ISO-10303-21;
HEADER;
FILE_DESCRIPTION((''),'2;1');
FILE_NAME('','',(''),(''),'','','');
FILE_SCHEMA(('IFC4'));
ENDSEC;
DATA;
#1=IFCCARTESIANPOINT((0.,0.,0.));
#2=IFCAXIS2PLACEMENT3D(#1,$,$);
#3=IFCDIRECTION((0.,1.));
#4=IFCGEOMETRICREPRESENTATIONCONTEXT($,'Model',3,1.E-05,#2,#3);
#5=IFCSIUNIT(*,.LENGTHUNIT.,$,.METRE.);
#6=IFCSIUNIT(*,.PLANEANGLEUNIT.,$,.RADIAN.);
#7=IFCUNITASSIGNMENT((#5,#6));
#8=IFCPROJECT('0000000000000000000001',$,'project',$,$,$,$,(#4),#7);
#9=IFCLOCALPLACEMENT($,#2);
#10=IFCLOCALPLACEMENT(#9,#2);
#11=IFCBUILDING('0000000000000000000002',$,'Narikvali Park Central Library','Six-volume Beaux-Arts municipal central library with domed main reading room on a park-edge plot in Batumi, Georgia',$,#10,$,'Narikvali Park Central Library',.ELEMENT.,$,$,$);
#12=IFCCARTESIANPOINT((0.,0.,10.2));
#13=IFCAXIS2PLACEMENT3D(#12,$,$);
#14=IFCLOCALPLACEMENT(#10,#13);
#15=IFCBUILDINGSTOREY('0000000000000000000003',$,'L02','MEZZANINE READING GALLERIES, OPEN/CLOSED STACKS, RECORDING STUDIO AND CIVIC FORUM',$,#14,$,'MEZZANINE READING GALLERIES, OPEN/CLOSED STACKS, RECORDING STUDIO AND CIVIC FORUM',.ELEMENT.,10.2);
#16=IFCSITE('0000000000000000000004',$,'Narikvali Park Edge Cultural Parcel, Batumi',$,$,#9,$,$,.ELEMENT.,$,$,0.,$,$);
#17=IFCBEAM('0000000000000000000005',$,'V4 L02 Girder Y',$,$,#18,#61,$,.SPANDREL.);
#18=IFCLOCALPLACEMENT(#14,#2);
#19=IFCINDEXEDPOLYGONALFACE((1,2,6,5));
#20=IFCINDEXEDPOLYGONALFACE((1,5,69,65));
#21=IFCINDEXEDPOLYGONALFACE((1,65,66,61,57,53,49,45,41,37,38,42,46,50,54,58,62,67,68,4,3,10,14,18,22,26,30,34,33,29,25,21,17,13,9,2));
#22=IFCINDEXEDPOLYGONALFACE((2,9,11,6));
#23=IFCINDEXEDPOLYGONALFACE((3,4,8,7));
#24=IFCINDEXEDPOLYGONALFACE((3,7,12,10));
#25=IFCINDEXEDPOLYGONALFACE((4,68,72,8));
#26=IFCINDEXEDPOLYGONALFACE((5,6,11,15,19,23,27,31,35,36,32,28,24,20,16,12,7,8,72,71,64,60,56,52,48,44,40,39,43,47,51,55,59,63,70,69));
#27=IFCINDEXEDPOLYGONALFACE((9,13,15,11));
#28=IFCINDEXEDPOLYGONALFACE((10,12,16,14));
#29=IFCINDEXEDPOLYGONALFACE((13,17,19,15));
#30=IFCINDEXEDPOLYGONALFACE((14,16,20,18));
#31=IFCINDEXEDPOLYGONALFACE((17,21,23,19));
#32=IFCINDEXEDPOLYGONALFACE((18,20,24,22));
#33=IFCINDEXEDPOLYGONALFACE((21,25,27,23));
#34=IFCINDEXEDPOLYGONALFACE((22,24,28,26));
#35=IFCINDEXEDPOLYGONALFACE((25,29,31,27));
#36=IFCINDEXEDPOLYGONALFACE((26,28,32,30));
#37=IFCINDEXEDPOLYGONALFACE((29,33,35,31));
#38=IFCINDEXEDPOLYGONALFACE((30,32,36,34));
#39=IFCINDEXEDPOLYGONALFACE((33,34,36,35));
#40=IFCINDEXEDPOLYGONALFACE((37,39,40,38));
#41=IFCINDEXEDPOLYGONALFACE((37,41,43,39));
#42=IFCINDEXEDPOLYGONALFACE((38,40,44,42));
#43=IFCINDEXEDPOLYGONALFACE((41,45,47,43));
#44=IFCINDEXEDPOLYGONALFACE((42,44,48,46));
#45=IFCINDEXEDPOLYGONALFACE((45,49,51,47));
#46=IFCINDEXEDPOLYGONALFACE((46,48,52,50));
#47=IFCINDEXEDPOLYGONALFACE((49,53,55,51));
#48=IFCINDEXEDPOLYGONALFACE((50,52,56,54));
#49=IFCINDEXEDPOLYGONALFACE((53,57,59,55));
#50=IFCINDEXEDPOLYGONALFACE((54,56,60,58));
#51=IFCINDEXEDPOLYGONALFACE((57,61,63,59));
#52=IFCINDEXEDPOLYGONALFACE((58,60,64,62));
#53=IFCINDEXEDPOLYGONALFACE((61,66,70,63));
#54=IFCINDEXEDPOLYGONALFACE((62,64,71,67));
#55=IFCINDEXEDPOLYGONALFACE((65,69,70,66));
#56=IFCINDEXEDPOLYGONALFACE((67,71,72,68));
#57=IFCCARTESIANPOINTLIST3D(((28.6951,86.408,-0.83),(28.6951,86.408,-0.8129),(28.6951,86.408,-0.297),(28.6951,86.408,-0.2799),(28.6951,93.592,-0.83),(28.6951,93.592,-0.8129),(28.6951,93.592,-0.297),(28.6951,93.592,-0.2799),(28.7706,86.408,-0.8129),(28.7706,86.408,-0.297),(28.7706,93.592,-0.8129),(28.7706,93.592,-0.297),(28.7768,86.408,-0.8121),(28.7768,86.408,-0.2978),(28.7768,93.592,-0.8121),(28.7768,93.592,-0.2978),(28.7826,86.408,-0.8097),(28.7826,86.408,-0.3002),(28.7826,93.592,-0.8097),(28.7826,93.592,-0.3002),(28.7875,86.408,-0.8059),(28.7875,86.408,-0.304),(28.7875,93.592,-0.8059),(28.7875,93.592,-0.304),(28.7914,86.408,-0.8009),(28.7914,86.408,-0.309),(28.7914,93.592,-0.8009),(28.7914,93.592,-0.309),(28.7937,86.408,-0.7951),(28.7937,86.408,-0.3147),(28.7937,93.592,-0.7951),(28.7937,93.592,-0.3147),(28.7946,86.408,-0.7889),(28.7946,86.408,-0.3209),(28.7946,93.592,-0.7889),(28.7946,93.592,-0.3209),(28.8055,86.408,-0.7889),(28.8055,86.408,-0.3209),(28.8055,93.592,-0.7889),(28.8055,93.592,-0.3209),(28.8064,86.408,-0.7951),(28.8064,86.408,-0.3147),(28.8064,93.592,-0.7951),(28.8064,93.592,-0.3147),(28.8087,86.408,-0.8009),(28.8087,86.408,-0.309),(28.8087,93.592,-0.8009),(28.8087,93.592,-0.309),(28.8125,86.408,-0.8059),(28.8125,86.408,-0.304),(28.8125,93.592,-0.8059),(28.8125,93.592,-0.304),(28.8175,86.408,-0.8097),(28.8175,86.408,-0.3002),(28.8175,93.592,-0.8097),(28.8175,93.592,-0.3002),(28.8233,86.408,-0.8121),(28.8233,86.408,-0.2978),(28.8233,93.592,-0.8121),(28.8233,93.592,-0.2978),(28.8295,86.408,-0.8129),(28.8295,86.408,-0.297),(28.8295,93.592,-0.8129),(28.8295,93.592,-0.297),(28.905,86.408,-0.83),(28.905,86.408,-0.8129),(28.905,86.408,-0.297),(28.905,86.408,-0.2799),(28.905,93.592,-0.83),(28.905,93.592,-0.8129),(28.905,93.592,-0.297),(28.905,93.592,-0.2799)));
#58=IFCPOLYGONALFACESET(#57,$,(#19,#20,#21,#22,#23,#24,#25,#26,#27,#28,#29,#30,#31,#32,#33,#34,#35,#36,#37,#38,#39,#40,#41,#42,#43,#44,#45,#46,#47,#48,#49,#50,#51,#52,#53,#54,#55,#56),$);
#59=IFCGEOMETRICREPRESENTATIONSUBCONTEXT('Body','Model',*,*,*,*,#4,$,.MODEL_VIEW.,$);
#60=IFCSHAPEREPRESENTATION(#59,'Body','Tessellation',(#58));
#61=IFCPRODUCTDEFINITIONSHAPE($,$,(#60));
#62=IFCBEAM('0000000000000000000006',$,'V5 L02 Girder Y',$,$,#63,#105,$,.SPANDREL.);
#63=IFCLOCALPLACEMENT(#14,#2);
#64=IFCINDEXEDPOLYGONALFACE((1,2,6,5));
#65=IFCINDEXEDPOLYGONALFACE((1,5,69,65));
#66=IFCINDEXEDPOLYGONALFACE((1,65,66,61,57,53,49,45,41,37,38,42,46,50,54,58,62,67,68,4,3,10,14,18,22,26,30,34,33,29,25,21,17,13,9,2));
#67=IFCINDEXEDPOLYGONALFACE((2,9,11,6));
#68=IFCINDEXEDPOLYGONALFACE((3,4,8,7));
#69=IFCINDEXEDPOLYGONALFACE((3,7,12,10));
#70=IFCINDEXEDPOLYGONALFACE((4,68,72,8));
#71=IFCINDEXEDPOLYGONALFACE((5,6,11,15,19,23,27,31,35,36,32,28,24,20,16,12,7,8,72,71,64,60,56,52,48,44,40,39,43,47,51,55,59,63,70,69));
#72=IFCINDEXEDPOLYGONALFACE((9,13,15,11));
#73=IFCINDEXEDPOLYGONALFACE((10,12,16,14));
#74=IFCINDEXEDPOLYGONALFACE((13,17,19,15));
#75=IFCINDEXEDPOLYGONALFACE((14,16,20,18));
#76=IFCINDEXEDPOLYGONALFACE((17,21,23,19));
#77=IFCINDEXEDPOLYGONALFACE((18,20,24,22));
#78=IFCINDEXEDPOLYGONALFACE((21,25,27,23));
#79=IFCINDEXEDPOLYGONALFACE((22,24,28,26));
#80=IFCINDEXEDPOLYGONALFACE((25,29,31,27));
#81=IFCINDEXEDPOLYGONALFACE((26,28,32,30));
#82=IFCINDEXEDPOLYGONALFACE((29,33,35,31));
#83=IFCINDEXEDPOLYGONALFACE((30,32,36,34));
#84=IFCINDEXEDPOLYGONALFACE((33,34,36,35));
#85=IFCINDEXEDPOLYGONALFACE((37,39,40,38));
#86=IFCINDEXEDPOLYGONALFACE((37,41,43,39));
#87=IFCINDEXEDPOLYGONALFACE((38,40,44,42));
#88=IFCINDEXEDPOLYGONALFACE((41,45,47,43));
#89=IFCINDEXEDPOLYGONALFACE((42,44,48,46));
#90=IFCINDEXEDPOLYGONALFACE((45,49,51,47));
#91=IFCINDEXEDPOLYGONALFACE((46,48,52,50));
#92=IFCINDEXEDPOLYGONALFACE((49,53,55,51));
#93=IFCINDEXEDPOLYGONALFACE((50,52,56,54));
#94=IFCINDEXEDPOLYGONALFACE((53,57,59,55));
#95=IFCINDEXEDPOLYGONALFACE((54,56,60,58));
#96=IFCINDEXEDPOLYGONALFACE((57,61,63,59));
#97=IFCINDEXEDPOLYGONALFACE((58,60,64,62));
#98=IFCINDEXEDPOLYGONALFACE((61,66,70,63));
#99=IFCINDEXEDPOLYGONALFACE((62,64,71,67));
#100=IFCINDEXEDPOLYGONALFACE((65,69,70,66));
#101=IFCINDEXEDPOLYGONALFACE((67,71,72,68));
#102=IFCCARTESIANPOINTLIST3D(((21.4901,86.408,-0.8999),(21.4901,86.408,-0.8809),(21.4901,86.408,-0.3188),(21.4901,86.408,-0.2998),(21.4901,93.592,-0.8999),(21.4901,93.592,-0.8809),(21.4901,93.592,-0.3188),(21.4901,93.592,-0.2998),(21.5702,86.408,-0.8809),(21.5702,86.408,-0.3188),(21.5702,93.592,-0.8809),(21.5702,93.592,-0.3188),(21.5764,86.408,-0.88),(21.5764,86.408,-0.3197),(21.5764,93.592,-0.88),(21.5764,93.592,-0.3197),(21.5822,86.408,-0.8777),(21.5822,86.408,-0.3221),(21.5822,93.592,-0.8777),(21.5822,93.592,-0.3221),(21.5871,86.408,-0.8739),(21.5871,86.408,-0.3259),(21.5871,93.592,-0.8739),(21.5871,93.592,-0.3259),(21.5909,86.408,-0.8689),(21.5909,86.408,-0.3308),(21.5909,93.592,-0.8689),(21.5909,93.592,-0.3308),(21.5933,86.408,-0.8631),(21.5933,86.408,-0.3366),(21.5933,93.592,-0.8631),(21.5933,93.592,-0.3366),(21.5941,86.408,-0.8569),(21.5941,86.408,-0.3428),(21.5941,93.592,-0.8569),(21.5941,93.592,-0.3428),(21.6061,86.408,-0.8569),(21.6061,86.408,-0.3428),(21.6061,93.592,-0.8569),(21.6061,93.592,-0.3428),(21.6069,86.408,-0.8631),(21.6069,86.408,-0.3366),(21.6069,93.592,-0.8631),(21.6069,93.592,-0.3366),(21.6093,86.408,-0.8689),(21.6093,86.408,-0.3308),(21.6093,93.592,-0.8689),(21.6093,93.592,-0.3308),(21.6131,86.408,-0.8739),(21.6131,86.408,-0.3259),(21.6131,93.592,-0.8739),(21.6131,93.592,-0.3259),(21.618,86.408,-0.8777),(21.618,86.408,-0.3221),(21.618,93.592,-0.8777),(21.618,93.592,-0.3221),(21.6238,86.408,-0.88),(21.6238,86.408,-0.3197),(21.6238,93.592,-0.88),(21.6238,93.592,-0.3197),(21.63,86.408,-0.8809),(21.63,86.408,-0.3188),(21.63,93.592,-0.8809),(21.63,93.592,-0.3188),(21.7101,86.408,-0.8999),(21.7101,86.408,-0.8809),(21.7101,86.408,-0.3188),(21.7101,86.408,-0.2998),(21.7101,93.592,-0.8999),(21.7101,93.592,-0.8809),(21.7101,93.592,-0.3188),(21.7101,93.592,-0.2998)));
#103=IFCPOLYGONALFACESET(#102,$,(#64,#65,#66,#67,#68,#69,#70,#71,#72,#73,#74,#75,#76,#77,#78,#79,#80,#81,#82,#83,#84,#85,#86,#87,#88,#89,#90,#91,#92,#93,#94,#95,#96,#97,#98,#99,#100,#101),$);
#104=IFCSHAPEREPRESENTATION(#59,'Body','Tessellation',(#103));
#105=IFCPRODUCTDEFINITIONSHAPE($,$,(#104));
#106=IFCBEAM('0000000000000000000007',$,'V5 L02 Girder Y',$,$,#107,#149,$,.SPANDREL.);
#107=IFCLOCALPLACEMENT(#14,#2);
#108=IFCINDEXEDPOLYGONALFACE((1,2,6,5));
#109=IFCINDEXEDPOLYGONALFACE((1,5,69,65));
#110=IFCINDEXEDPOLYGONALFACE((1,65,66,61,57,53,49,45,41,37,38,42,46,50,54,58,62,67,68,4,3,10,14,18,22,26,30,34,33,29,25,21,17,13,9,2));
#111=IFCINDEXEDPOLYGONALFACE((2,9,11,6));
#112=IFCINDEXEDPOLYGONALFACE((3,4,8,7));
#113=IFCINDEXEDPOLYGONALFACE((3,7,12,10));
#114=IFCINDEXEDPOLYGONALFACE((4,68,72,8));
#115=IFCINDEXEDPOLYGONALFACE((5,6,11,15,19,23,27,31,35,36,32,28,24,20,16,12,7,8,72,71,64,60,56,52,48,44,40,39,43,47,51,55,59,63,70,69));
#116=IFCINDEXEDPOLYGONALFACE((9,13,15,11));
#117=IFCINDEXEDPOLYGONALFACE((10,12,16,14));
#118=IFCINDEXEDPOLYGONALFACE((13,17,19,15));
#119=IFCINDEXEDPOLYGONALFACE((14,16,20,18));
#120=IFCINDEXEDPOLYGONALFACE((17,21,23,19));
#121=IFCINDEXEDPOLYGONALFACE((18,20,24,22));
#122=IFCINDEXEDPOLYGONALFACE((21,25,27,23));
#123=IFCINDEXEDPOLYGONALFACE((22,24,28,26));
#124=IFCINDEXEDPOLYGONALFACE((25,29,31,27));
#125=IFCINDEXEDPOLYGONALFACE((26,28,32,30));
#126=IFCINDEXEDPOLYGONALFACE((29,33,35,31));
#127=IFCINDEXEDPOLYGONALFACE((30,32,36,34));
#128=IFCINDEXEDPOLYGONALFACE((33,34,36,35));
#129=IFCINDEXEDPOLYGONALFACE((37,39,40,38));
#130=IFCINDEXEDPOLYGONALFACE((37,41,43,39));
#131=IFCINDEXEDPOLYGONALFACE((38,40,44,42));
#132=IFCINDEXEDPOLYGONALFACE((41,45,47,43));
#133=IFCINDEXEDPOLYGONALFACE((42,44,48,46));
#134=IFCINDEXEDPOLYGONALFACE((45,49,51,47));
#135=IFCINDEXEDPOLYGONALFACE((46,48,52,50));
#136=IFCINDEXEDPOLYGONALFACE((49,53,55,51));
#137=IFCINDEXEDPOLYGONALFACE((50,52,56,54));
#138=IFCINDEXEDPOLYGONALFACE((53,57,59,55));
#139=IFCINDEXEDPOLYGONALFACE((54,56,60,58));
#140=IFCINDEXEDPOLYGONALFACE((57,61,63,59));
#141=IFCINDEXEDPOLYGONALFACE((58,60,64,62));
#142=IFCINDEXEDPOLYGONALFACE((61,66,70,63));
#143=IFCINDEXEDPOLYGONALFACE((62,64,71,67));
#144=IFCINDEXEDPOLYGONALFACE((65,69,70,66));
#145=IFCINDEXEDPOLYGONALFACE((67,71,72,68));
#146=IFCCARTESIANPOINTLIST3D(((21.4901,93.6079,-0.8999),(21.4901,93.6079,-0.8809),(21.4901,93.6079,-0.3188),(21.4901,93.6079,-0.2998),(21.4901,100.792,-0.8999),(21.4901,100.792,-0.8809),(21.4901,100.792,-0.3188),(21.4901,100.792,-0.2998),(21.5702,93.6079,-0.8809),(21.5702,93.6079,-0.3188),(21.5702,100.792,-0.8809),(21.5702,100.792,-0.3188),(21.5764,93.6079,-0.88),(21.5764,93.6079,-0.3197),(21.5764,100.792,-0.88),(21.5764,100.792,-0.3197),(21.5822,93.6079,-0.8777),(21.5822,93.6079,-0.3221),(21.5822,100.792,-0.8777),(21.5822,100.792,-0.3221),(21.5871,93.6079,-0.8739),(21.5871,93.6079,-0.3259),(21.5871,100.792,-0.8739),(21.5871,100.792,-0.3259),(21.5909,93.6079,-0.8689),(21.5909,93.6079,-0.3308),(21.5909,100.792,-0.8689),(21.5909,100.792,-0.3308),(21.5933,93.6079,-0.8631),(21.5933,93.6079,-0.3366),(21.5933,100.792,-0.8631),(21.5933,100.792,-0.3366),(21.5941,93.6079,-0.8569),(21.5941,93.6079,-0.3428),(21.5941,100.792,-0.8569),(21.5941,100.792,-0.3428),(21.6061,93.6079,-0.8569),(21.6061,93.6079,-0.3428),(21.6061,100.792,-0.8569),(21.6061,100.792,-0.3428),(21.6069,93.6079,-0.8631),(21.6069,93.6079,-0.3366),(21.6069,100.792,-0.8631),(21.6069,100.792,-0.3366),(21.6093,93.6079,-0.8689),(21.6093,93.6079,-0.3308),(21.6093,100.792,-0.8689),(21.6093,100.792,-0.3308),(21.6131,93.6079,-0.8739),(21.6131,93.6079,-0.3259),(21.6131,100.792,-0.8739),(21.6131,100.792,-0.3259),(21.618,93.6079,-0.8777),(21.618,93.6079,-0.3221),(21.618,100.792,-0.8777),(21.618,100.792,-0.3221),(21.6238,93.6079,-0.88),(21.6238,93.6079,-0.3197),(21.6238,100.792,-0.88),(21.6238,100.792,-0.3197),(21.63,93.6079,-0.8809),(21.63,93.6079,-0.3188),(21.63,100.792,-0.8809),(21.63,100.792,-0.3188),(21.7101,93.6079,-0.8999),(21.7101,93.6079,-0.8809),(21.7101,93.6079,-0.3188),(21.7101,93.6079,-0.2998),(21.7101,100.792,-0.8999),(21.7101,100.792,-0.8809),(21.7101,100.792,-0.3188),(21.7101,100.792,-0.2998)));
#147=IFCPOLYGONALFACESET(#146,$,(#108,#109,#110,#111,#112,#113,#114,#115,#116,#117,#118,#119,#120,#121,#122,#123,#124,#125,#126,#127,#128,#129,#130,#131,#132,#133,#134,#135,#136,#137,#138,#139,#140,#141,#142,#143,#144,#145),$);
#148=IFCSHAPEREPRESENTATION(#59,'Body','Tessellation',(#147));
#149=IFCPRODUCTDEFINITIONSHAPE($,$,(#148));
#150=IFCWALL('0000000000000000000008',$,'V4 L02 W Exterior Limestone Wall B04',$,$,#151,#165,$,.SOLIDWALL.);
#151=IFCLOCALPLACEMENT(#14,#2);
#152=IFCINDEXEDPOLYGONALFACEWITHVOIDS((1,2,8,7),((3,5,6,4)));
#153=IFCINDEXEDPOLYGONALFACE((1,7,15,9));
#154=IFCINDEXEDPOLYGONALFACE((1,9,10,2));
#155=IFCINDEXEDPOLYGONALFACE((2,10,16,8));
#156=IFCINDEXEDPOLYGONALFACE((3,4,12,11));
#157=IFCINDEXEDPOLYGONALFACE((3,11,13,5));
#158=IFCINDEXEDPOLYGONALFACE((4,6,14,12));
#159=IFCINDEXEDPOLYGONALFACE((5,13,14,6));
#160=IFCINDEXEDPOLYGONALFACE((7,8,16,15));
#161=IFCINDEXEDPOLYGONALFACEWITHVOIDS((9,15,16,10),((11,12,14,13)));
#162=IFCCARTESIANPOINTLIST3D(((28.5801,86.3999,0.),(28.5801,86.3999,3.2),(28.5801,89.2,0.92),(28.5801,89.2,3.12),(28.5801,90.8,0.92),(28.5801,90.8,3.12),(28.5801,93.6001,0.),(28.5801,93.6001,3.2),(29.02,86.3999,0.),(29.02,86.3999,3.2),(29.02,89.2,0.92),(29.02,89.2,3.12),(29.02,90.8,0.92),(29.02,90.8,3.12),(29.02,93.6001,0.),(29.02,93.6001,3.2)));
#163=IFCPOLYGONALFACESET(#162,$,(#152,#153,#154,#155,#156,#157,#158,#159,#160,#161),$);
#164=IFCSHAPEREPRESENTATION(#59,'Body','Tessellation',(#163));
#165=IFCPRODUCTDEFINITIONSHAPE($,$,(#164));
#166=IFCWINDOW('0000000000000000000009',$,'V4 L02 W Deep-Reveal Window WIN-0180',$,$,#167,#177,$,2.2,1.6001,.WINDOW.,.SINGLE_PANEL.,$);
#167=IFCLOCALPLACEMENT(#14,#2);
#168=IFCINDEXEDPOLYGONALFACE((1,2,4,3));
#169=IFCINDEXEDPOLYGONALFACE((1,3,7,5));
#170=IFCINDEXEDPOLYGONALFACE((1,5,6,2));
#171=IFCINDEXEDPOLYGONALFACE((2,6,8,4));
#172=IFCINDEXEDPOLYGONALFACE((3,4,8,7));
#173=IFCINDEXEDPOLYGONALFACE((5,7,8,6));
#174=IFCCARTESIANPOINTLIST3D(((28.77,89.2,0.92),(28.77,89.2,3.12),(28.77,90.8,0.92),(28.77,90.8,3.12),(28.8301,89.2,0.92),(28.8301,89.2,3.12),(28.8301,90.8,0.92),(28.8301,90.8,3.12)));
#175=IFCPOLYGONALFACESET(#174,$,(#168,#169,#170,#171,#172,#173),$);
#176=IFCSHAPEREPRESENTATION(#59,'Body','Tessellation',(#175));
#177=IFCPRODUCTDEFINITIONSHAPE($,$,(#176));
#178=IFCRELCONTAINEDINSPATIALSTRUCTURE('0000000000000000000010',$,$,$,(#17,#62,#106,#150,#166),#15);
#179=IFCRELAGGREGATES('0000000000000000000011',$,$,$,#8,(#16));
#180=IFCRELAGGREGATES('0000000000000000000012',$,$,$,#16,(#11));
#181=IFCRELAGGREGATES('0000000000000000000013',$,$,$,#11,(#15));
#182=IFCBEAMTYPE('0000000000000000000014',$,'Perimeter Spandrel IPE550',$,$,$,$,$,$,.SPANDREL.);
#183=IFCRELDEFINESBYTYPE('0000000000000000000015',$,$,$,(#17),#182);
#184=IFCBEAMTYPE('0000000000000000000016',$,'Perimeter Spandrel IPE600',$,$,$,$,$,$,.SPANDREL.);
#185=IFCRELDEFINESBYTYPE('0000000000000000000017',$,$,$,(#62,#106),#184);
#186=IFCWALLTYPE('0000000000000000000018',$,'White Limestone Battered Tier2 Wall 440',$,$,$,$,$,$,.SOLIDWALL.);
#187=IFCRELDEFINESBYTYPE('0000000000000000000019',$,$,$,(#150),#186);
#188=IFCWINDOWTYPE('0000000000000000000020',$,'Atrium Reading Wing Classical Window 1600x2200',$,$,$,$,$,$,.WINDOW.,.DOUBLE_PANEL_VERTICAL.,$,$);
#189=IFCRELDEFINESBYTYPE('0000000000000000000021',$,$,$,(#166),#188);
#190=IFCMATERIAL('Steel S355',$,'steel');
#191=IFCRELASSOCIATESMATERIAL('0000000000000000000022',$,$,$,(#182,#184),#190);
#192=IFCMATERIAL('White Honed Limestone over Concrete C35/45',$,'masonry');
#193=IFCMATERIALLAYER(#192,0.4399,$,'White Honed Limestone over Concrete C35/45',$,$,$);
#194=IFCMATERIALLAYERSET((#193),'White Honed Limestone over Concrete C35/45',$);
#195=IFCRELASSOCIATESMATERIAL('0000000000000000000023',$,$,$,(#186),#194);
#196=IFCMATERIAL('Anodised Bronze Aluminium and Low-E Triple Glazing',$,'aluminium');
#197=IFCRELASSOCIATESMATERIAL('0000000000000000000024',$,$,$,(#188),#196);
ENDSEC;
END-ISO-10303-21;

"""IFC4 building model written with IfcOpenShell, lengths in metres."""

from ifc_helpers import new_model, si_unit, direction, frame, frame_2d, origin, origin_2d, place, context, subcontext, project, spatial, rectangle, i_section, extrude, material, layer, layer_set, material_profile, profile_set, type_object, element, fill, save


model = new_model("IFC4")

# Units and contexts
model_context = context("Model", 3, precision=1e-05, world=origin(), true_north=direction((0.0, 1.0)))
body_context = subcontext(model_context, "Body", "Model", "MODEL_VIEW")
ifc_project = project(units=[si_unit("LENGTHUNIT", "METRE"), si_unit("PLANEANGLEUNIT", "RADIAN")], contexts=[model_context])

# Site, building, storey
site_placement = place(None, origin())
site = spatial("IfcSite", under=ifc_project, at=site_placement, Name="Narikvali Park Edge Cultural Parcel, Batumi", CompositionType="ELEMENT", RefElevation=0.0)
building_placement = place(site_placement, origin())
building = spatial("IfcBuilding", under=site, at=building_placement, Name="Narikvali Park Central Library", Description="Six-volume Beaux-Arts municipal central library with domed main reading room on a park-edge plot in Batumi, Georgia", LongName="Narikvali Park Central Library", CompositionType="ELEMENT")
storey_placement = place(building_placement, frame((0.0, 0.0, 10.2)))
storey = spatial("IfcBuildingStorey", under=building, at=storey_placement, Name="L02", Description="MEZZANINE READING GALLERIES, OPEN/CLOSED STACKS, RECORDING STUDIO AND CIVIC FORUM", LongName="MEZZANINE READING GALLERIES, OPEN/CLOSED STACKS, RECORDING STUDIO AND CIVIC FORUM", CompositionType="ELEMENT", Elevation=10.2)

# Shared definitions
ifc_material_1 = material(Name="Steel S355", Category="steel")

# Beams
ifc_material_profile_1 = material_profile(ifc_material_1, i_section(OverallWidth=0.21, OverallDepth=0.55, WebThickness=0.011, FlangeThickness=0.0171, FilletRadius=0.0239, at=origin_2d()), Name="IPE 550")
ifc_profile_set_1 = profile_set([ifc_material_profile_1], Name="Steel S355")
beam_type_1 = type_object("IfcBeamType", Name="Perimeter Spandrel IPE550", PredefinedType="SPANDREL", material=ifc_profile_set_1)
beam_1_placement = place(storey_placement, frame((28.8, 86.408, -0.5549), z_axis=(0.0, 1.0, 0.0), x_axis=(-1.0, 0.0, 0.0)))
element("IfcBeam", 1, at=beam_1_placement, inside=storey, type_object=beam_type_1, Name="V4 L02 Girder Y", PredefinedType="SPANDREL", context=body_context, shape_type="SweptSolid", body=[
    extrude(i_section(OverallWidth=0.21, OverallDepth=0.55, WebThickness=0.011, FlangeThickness=0.0171, FilletRadius=0.0239, at=origin_2d()), origin(), (0.0, 0.0, 1.0), 7.1841),
])
ifc_material_profile_2 = material_profile(ifc_material_1, i_section(OverallWidth=0.22, OverallDepth=0.6001, WebThickness=0.012, FlangeThickness=0.019, FilletRadius=0.0239, at=origin_2d()), Name="IPE 600")
ifc_profile_set_2 = profile_set([ifc_material_profile_2], Name="Steel S355")
beam_type_2 = type_object("IfcBeamType", Name="Perimeter Spandrel IPE600", PredefinedType="SPANDREL", material=ifc_profile_set_2)
for number, where, z_axis, x_axis, name in (
    (2, (21.6001, 86.408, -0.5999), (0.0, 1.0, 0.0), (-1.0, 0.0, 0.0), "V5 L02 Girder Y"),
    (3, (21.6001, 93.6079, -0.5999), (0.0, 1.0, 0.0), (-1.0, 0.0, 0.0), "V5 L02 Girder Y"),
):
    element("IfcBeam", number, at=place(storey_placement, frame(where, z_axis=z_axis, x_axis=x_axis)), inside=storey, type_object=beam_type_2, Name=name, PredefinedType="SPANDREL", context=body_context, shape_type="SweptSolid", body=[
        extrude(i_section(OverallWidth=0.22, OverallDepth=0.6001, WebThickness=0.012, FlangeThickness=0.019, FilletRadius=0.0239, at=origin_2d()), origin(), (0.0, 0.0, 1.0), 7.1841),
    ])

# Wall, opening, window
ifc_material_2 = material(Name="White Honed Limestone over Concrete C35/45", Category="masonry")
ifc_layer_1 = layer(ifc_material_2, 0.4399, Name="White Honed Limestone over Concrete C35/45")
ifc_layer_set_1 = layer_set([ifc_layer_1], Name="White Honed Limestone over Concrete C35/45")
wall_type = type_object("IfcWallType", Name="White Limestone Battered Tier2 Wall 440", PredefinedType="SOLIDWALL", material=ifc_layer_set_1)
wall_1_placement = place(storey_placement, frame((28.8, 93.6001, 0.0), z_axis=(0.0, 0.0, 1.0), x_axis=(0.0, -1.0, 0.0)))
wall_1 = element("IfcWall", 4, at=wall_1_placement, inside=storey, type_object=wall_type, Name="V4 L02 W Exterior Limestone Wall B04", PredefinedType="SOLIDWALL", context=body_context, shape_type="SweptSolid", body=[
    extrude(rectangle(XDim=7.2002, YDim=0.4399, at=frame_2d((3.6001, 0.0))), origin(), (0.0, 0.0, 1.0), 3.2),
])
opening_1_placement = place(wall_1_placement, frame((2.8, 0.0, 0.9199)))
opening_1 = element("IfcOpeningElement", 5, at=opening_1_placement, cuts=wall_1, PredefinedType="OPENING", context=body_context, shape_type="SweptSolid", body=[
    extrude(rectangle(XDim=1.6001, YDim=2.2, at=frame_2d((0.8, 1.1001))), frame((0.0, 0.2319, 0.0), z_axis=(0.0, -1.0, 0.0), x_axis=(1.0, 0.0, 0.0)), (0.0, 0.0, 1.0), 0.4639),
])
ifc_material_3 = material(Name="Anodised Bronze Aluminium and Low-E Triple Glazing", Category="aluminium")
window_type = type_object("IfcWindowType", Name="Atrium Reading Wing Classical Window 1600x2200", PartitioningType="DOUBLE_PANEL_VERTICAL", PredefinedType="WINDOW", material=ifc_material_3)
window_1_placement = place(opening_1_placement, origin())
window_1 = element("IfcWindow", 6, at=window_1_placement, inside=storey, type_object=window_type, Name="V4 L02 W Deep-Reveal Window WIN-0180", OverallHeight=2.2, OverallWidth=1.6001, PartitioningType="SINGLE_PANEL", PredefinedType="WINDOW", context=body_context, shape_type="SweptSolid", body=[
    extrude(rectangle(XDim=1.6001, YDim=2.2, at=frame_2d((0.8, 1.1001))), frame((0.0, 0.03, 0.0), z_axis=(0.0, -1.0, 0.0), x_axis=(1.0, 0.0, 0.0)), (0.0, 0.0, 1.0), 0.0601),
])
fill(opening_1, window_1)

save(model, "model.ifc")
